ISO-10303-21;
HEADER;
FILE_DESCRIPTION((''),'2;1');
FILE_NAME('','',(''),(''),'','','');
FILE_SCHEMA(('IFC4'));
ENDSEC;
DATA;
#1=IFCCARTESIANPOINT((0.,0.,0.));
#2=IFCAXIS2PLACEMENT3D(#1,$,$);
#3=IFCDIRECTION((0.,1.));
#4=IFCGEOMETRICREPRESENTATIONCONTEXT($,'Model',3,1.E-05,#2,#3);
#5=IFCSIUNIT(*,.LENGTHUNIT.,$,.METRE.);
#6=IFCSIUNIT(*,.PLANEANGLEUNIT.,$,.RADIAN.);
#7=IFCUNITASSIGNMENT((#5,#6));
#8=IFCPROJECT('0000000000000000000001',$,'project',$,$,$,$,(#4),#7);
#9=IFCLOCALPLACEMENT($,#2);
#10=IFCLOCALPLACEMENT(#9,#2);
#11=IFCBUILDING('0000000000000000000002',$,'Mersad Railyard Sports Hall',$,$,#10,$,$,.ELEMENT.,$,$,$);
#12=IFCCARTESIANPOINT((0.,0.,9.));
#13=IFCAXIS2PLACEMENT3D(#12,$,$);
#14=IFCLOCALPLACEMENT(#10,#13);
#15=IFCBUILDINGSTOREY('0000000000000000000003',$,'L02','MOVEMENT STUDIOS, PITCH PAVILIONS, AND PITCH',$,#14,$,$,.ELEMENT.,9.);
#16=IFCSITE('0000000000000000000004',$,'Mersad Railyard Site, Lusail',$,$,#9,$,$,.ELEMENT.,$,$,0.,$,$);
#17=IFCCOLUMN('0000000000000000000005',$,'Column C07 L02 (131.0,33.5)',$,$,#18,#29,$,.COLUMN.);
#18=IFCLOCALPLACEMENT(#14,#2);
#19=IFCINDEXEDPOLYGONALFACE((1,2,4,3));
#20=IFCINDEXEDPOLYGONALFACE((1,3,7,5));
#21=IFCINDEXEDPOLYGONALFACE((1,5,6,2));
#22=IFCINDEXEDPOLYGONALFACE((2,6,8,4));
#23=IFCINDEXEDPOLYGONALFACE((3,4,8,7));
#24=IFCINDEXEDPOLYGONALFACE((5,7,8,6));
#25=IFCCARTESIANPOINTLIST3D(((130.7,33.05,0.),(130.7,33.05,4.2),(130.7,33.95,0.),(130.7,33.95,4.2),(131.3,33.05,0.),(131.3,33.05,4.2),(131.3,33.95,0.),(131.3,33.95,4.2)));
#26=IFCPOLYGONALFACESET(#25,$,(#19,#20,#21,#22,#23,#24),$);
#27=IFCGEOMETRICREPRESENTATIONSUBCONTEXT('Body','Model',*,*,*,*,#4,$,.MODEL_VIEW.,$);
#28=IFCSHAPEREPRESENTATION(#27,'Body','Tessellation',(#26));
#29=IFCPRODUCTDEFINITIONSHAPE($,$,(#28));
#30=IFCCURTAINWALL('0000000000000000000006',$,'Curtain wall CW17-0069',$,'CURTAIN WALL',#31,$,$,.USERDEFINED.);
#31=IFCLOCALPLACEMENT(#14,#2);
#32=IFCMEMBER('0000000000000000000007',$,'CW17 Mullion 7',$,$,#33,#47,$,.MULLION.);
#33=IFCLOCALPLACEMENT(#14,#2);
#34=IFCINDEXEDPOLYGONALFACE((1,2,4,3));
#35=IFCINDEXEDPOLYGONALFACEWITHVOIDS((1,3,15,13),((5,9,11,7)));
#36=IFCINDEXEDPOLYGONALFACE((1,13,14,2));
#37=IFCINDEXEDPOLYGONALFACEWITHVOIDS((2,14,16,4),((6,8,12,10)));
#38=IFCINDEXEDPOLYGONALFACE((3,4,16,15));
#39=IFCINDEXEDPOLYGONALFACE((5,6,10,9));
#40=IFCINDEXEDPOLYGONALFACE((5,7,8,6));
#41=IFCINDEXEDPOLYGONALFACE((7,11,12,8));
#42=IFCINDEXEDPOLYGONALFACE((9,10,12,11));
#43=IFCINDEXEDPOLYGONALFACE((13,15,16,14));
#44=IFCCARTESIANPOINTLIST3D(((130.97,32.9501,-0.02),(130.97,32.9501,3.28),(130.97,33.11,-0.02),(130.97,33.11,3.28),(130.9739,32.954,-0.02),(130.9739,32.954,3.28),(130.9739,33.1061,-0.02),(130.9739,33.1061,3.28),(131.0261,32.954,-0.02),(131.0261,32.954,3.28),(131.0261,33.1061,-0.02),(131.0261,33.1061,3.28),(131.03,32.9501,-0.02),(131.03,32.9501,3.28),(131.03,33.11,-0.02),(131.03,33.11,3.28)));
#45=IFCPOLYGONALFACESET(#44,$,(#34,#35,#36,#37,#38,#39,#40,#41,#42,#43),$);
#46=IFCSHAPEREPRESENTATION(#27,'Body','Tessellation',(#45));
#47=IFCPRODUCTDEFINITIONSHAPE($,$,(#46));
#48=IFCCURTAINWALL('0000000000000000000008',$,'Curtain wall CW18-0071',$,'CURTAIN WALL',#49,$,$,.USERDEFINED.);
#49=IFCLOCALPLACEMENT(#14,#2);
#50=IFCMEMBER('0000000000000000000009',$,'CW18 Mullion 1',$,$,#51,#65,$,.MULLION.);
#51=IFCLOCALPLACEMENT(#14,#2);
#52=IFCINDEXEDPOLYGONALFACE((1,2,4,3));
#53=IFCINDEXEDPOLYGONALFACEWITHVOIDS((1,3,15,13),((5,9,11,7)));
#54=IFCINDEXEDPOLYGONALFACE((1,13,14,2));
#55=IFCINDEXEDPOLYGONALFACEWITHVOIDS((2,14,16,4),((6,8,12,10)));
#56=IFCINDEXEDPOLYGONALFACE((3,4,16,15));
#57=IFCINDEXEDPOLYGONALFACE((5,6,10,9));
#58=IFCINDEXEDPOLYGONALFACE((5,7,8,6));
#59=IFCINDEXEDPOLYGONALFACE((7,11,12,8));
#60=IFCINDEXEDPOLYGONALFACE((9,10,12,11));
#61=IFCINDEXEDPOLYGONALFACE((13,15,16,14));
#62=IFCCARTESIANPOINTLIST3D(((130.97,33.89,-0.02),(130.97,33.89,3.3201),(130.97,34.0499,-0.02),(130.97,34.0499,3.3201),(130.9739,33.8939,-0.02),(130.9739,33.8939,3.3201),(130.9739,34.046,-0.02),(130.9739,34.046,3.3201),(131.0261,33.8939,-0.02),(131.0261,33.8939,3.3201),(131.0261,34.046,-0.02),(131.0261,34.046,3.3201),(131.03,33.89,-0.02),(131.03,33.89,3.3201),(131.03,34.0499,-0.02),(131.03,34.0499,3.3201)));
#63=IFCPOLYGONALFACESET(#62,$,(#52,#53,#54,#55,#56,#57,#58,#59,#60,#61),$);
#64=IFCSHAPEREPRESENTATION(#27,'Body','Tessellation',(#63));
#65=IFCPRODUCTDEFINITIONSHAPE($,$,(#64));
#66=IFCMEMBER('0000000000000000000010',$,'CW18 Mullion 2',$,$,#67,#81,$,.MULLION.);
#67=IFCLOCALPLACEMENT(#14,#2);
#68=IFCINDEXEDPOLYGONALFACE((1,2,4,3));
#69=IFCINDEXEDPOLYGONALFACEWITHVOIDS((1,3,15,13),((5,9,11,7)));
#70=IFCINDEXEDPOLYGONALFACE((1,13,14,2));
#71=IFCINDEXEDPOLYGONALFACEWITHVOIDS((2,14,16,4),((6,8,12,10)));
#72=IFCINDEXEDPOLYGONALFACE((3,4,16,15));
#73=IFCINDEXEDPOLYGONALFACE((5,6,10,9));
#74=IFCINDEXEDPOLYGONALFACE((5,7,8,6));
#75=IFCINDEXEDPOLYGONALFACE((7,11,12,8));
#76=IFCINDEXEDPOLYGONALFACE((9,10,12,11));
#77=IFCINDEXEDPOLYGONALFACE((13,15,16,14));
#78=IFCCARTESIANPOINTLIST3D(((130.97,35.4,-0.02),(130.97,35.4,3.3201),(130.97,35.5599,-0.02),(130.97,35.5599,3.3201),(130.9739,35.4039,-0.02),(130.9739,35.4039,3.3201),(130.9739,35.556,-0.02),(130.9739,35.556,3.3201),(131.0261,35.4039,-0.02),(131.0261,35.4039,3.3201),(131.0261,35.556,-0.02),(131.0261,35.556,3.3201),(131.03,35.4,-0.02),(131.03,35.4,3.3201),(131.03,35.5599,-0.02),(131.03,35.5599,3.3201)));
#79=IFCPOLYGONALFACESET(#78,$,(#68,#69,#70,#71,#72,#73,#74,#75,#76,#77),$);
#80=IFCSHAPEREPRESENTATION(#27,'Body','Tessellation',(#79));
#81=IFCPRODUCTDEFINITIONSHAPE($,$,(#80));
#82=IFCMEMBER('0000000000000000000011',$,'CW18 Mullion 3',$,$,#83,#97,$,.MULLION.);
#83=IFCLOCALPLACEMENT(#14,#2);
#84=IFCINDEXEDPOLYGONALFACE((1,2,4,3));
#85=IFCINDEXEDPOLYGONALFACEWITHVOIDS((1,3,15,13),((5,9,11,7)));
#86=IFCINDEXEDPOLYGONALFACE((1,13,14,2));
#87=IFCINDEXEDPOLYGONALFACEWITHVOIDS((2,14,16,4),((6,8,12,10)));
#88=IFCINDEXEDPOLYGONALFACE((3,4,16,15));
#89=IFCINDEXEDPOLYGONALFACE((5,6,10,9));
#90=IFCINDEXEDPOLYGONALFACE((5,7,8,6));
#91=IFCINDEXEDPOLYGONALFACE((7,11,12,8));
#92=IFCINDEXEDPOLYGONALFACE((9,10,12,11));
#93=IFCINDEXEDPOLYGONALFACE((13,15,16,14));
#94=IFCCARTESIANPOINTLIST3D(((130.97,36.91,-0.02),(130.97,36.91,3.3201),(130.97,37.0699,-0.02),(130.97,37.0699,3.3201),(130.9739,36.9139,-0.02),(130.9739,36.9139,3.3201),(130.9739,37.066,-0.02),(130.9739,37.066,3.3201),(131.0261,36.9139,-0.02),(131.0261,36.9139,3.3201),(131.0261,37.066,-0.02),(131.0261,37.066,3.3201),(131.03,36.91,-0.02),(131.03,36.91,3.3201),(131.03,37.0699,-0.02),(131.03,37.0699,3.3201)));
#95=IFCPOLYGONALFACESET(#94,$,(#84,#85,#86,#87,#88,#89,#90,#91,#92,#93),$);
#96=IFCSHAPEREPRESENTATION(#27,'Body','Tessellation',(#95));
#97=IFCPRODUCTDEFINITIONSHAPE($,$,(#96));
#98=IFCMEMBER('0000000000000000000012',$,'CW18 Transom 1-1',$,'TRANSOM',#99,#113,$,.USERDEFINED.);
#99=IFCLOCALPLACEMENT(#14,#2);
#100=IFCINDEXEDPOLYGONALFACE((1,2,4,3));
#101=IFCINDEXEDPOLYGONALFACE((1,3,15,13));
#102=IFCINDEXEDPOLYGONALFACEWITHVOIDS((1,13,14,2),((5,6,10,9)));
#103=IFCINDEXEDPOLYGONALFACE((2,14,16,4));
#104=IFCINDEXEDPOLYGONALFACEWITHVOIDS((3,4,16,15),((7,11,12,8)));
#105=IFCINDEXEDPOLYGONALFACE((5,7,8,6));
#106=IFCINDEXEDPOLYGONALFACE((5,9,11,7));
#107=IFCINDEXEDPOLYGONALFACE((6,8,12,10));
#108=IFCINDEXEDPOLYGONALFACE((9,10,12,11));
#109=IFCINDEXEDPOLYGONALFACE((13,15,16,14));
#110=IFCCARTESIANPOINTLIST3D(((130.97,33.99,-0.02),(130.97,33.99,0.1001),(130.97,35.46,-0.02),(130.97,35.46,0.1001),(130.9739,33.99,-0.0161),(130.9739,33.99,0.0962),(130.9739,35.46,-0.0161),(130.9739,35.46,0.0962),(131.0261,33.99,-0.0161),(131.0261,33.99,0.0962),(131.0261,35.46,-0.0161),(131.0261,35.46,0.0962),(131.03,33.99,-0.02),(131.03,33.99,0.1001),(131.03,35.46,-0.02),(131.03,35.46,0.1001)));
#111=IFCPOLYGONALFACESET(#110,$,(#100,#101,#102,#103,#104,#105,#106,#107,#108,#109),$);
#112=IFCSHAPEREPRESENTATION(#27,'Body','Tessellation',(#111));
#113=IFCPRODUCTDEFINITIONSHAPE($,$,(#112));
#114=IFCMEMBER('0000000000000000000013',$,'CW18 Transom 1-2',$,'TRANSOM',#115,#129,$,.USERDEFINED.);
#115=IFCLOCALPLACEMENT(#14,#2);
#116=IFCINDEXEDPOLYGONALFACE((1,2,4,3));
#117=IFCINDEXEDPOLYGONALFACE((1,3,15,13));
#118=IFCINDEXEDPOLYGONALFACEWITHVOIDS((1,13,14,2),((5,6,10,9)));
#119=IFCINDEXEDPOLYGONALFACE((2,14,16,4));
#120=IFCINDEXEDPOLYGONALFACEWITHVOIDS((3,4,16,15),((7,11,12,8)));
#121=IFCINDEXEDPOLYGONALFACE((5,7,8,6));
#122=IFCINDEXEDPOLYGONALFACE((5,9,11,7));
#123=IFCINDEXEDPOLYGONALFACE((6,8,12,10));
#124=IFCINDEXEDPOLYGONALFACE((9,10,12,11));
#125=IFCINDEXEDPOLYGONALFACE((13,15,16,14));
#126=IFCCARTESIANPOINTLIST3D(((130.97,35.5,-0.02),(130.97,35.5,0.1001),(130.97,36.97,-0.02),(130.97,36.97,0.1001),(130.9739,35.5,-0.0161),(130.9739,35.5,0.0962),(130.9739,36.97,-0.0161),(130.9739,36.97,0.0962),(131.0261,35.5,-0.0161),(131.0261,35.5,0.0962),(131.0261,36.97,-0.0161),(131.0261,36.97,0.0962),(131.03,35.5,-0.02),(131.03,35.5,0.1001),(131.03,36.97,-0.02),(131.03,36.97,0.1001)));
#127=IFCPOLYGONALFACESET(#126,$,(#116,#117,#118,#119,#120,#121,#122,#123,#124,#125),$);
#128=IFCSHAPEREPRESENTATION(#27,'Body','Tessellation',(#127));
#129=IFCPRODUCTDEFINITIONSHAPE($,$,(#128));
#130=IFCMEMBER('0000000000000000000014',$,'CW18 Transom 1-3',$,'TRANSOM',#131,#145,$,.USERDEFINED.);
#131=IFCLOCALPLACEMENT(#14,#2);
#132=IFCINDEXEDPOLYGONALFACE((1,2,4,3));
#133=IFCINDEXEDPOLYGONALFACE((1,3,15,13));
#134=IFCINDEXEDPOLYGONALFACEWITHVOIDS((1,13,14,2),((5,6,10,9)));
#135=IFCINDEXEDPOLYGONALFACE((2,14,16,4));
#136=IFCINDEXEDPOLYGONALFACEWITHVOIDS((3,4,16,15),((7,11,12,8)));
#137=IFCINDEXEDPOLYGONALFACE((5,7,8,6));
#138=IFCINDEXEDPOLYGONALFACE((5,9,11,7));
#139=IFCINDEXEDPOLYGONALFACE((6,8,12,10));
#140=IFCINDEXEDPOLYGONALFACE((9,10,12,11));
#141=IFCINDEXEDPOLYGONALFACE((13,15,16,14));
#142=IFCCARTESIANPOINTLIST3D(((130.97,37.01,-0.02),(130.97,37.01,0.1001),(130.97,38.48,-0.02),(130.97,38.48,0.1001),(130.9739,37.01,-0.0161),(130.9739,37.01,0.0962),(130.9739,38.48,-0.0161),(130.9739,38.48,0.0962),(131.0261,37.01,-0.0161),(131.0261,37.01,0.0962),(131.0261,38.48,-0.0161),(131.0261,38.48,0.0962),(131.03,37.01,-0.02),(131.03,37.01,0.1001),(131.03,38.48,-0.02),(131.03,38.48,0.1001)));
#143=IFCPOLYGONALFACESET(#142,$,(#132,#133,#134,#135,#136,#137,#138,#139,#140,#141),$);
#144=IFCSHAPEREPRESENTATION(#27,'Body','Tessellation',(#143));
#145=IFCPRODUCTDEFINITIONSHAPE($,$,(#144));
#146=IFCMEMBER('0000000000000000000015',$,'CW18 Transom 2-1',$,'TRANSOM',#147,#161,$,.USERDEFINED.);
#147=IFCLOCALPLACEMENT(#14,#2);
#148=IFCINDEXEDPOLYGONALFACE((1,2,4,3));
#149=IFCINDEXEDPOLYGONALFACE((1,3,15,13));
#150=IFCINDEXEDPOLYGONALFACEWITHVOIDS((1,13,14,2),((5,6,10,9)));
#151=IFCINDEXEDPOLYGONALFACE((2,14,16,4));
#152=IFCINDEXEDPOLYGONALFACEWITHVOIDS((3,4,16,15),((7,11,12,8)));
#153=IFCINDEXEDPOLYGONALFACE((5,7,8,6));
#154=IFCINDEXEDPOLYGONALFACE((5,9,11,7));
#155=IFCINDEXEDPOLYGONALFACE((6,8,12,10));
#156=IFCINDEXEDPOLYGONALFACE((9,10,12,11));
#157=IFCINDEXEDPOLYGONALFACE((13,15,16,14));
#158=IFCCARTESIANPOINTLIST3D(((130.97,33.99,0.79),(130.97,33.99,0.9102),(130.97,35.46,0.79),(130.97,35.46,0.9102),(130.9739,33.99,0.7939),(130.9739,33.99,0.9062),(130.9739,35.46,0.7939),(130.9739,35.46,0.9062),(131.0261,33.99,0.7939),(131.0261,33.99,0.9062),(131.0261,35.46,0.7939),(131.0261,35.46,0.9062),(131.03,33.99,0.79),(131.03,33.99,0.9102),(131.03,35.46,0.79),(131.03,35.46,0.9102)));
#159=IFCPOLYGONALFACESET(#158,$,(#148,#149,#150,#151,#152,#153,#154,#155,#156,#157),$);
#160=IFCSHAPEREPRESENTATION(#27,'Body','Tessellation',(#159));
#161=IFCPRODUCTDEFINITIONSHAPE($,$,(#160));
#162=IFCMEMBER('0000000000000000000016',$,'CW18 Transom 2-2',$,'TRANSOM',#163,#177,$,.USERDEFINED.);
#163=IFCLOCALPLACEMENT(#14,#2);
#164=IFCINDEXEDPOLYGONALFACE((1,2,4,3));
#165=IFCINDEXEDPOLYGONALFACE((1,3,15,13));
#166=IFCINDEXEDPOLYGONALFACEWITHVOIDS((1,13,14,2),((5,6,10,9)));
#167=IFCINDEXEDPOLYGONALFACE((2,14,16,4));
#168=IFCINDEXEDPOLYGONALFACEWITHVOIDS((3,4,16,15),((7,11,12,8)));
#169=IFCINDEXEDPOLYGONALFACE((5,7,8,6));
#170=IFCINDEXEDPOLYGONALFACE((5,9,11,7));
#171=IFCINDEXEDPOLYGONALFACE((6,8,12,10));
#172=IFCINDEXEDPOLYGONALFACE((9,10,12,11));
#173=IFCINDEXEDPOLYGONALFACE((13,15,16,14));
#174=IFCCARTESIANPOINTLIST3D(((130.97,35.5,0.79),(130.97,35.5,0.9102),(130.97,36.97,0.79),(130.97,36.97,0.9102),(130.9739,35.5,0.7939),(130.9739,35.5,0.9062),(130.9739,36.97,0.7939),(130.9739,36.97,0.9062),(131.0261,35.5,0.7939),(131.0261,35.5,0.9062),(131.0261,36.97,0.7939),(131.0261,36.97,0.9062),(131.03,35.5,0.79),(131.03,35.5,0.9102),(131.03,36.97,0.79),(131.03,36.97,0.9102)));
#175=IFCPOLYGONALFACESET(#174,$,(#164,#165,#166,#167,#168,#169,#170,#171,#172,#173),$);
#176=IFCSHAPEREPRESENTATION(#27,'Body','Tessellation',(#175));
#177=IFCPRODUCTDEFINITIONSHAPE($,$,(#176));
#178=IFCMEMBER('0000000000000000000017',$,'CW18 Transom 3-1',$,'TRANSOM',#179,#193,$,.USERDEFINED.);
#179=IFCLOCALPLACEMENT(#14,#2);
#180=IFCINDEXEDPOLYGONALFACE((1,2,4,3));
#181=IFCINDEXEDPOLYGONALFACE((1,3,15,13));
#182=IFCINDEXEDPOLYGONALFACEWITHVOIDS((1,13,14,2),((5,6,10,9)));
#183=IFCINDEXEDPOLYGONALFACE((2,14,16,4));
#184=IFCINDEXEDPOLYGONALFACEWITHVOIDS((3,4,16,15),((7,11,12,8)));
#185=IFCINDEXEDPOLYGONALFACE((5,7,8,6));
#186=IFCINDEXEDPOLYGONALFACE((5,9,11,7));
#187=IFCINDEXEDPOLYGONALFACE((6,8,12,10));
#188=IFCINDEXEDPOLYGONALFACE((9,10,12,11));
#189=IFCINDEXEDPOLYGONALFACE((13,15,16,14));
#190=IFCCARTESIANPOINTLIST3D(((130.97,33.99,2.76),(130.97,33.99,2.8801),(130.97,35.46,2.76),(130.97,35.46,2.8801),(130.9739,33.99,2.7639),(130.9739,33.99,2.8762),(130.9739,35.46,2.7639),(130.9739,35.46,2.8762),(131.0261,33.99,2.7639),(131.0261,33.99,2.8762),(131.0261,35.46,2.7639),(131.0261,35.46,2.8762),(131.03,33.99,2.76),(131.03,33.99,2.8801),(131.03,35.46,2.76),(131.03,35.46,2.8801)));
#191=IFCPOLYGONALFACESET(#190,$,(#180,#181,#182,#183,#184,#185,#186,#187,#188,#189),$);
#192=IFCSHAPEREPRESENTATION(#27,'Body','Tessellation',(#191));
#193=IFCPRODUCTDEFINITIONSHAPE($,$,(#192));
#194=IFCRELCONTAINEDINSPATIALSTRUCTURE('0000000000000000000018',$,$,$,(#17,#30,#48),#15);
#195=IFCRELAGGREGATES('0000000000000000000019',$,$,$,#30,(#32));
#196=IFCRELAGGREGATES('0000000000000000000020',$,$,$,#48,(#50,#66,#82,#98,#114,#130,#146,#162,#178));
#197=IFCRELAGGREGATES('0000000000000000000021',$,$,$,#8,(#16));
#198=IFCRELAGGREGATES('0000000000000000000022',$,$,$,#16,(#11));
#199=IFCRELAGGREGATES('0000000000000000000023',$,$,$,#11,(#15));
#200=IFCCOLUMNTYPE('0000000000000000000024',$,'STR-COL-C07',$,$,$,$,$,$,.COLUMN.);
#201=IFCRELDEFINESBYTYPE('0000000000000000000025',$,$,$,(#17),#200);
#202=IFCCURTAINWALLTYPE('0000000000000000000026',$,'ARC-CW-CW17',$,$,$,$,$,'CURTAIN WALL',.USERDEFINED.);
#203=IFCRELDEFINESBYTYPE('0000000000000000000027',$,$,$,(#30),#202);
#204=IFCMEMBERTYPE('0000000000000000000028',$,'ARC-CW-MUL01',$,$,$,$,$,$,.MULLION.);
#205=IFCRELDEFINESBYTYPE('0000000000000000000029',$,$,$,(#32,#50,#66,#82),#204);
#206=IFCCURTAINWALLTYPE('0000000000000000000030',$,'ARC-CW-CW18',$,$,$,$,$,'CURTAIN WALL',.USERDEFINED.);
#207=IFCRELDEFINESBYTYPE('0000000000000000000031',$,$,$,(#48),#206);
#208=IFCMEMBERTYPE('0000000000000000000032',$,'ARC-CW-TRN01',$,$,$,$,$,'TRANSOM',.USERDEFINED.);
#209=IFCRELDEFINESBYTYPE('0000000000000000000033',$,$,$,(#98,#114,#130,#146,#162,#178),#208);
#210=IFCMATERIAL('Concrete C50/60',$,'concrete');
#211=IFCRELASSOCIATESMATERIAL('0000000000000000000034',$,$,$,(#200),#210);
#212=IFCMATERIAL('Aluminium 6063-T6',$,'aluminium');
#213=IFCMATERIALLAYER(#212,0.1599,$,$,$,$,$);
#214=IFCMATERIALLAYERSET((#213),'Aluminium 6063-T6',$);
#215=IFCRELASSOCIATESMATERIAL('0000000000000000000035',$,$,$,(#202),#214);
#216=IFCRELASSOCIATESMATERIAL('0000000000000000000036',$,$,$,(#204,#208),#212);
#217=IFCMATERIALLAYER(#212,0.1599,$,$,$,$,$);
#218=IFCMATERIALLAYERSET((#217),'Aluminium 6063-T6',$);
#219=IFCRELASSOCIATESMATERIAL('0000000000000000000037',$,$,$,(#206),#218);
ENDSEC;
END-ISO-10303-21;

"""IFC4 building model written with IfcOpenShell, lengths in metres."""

from ifc_helpers import new_model, si_unit, direction, frame, origin, origin_2d, place, context, subcontext, project, spatial, rectangle, hollow_rectangle, extrude, material, layer, layer_set, material_profile, profile_set, type_object, element, aggregate, save


model = new_model("IFC4")

# Units and contexts
model_context = context("Model", 3, precision=1e-05, world=origin(), true_north=direction((0.0, 1.0)))
body_context = subcontext(model_context, "Body", "Model", "MODEL_VIEW")
ifc_project = project(units=[si_unit("LENGTHUNIT", "METRE"), si_unit("PLANEANGLEUNIT", "RADIAN")], contexts=[model_context])

# Site, building, storey
site_placement = place(None, origin())
site = spatial("IfcSite", under=ifc_project, at=site_placement, Name="Mersad Railyard Site, Lusail", CompositionType="ELEMENT", RefElevation=0.0)
building_placement = place(site_placement, origin())
building = spatial("IfcBuilding", under=site, at=building_placement, Name="Mersad Railyard Sports Hall", CompositionType="ELEMENT")
storey_placement = place(building_placement, frame((0.0, 0.0, 9.0)))
storey = spatial("IfcBuildingStorey", under=building, at=storey_placement, Name="L02", Description="MOVEMENT STUDIOS, PITCH PAVILIONS, AND PITCH", CompositionType="ELEMENT", Elevation=9.0)

# Column
ifc_material_1 = material(Name="Concrete C50/60", Category="concrete")
ifc_material_profile_1 = material_profile(ifc_material_1, rectangle(XDim=0.6001, YDim=0.8999, at=origin_2d()), Name="RC 600x900")
ifc_profile_set_1 = profile_set([ifc_material_profile_1], Name="Concrete C50/60")
column_type = type_object("IfcColumnType", Name="STR-COL-C07", PredefinedType="COLUMN", material=ifc_profile_set_1)
column_placement = place(storey_placement, frame((131.0, 33.5, 0.0), z_axis=(0.0, 0.0, 1.0), x_axis=(1.0, 0.0, 0.0)))
element("IfcColumn", 1, at=column_placement, inside=storey, type_object=column_type, Name="Column C07 L02 (131.0,33.5)", PredefinedType="COLUMN", context=body_context, shape_type="SweptSolid", body=[
    extrude(rectangle(XDim=0.6001, YDim=0.8999, at=origin_2d()), origin(), (0.0, 0.0, 1.0), 4.2),
])

# Curtain wall, member
ifc_material_2 = material(Name="Aluminium 6063-T6", Category="aluminium")
ifc_layer_1 = layer(ifc_material_2, 0.1599)
ifc_layer_set_1 = layer_set([ifc_layer_1], Name="Aluminium 6063-T6")
curtain_wall_type_1 = type_object("IfcCurtainWallType", Name="ARC-CW-CW17", ElementType="CURTAIN WALL", PredefinedType="USERDEFINED", material=ifc_layer_set_1)
curtain_wall_1_placement = place(storey_placement, origin())
curtain_wall_1 = element("IfcCurtainWall", 2, at=curtain_wall_1_placement, inside=storey, type_object=curtain_wall_type_1, Name="Curtain wall CW17-0069", ObjectType="CURTAIN WALL", PredefinedType="USERDEFINED")
ifc_material_profile_2 = material_profile(ifc_material_2, hollow_rectangle(XDim=0.0601, YDim=0.1599, WallThickness=0.0039, at=origin_2d()), Name="AL MULLION 60x160x4")
ifc_profile_set_2 = profile_set([ifc_material_profile_2], Name="Aluminium 6063-T6")
member_type_1 = type_object("IfcMemberType", Name="ARC-CW-MUL01", PredefinedType="MULLION", material=ifc_profile_set_2)
member_1_placement = place(storey_placement, frame((131.0, 33.03, -0.02), z_axis=(0.0, 0.0, 1.0), x_axis=(1.0, 0.0, 0.0)))
member_1 = element("IfcMember", 3, at=member_1_placement, type_object=member_type_1, Name="CW17 Mullion 7", PredefinedType="MULLION", context=body_context, shape_type="SweptSolid", body=[
    extrude(hollow_rectangle(XDim=0.0601, YDim=0.1599, WallThickness=0.0039, at=origin_2d()), origin(), (0.0, 0.0, 1.0), 3.3),
])

# Curtain wall, members
ifc_layer_2 = layer(ifc_material_2, 0.1599)
ifc_layer_set_2 = layer_set([ifc_layer_2], Name="Aluminium 6063-T6")
curtain_wall_type_2 = type_object("IfcCurtainWallType", Name="ARC-CW-CW18", ElementType="CURTAIN WALL", PredefinedType="USERDEFINED", material=ifc_layer_set_2)
curtain_wall_2_placement = place(storey_placement, origin())
curtain_wall_2 = element("IfcCurtainWall", 4, at=curtain_wall_2_placement, inside=storey, type_object=curtain_wall_type_2, Name="Curtain wall CW18-0071", ObjectType="CURTAIN WALL", PredefinedType="USERDEFINED")
member_2_placement = place(storey_placement, frame((131.0, 33.97, -0.02), z_axis=(0.0, 0.0, 1.0), x_axis=(1.0, 0.0, 0.0)))
member_2 = element("IfcMember", 5, at=member_2_placement, type_object=member_type_1, Name="CW18 Mullion 1", PredefinedType="MULLION", context=body_context, shape_type="SweptSolid", body=[
    extrude(hollow_rectangle(XDim=0.0601, YDim=0.1599, WallThickness=0.0039, at=origin_2d()), origin(), (0.0, 0.0, 1.0), 3.3401),
])
member_3_placement = place(storey_placement, frame((131.0, 35.48, -0.02), z_axis=(0.0, 0.0, 1.0), x_axis=(1.0, 0.0, 0.0)))
member_3 = element("IfcMember", 6, at=member_3_placement, type_object=member_type_1, Name="CW18 Mullion 2", PredefinedType="MULLION", context=body_context, shape_type="SweptSolid", body=[
    extrude(hollow_rectangle(XDim=0.0601, YDim=0.1599, WallThickness=0.0039, at=origin_2d()), origin(), (0.0, 0.0, 1.0), 3.3401),
])
member_4_placement = place(storey_placement, frame((131.0, 36.99, -0.02), z_axis=(0.0, 0.0, 1.0), x_axis=(1.0, 0.0, 0.0)))
member_4 = element("IfcMember", 7, at=member_4_placement, type_object=member_type_1, Name="CW18 Mullion 3", PredefinedType="MULLION", context=body_context, shape_type="SweptSolid", body=[
    extrude(hollow_rectangle(XDim=0.0601, YDim=0.1599, WallThickness=0.0039, at=origin_2d()), origin(), (0.0, 0.0, 1.0), 3.3401),
])
ifc_material_profile_3 = material_profile(ifc_material_2, hollow_rectangle(XDim=0.0601, YDim=0.1201, WallThickness=0.0039, at=origin_2d()), Name="AL TRANSOM 60x120x4")
ifc_profile_set_3 = profile_set([ifc_material_profile_3], Name="Aluminium 6063-T6")
member_type_2 = type_object("IfcMemberType", Name="ARC-CW-TRN01", ElementType="TRANSOM", PredefinedType="USERDEFINED", material=ifc_profile_set_3)
member_5_placement = place(storey_placement, frame((131.0, 33.99, 0.04), z_axis=(0.0, 1.0, 0.0), x_axis=(-1.0, 0.0, 0.0)))
member_5 = element("IfcMember", 8, at=member_5_placement, type_object=member_type_2, Name="CW18 Transom 1-1", ObjectType="TRANSOM", PredefinedType="USERDEFINED", context=body_context, shape_type="SweptSolid", body=[
    extrude(hollow_rectangle(XDim=0.0601, YDim=0.1201, WallThickness=0.0039, at=origin_2d()), origin(), (0.0, 0.0, 1.0), 1.47),
])
member_6_placement = place(storey_placement, frame((131.0, 35.5, 0.04), z_axis=(0.0, 1.0, 0.0), x_axis=(-1.0, 0.0, 0.0)))
member_6 = element("IfcMember", 9, at=member_6_placement, type_object=member_type_2, Name="CW18 Transom 1-2", ObjectType="TRANSOM", PredefinedType="USERDEFINED", context=body_context, shape_type="SweptSolid", body=[
    extrude(hollow_rectangle(XDim=0.0601, YDim=0.1201, WallThickness=0.0039, at=origin_2d()), origin(), (0.0, 0.0, 1.0), 1.47),
])
member_7_placement = place(storey_placement, frame((131.0, 37.01, 0.04), z_axis=(0.0, 1.0, 0.0), x_axis=(-1.0, 0.0, 0.0)))
member_7 = element("IfcMember", 10, at=member_7_placement, type_object=member_type_2, Name="CW18 Transom 1-3", ObjectType="TRANSOM", PredefinedType="USERDEFINED", context=body_context, shape_type="SweptSolid", body=[
    extrude(hollow_rectangle(XDim=0.0601, YDim=0.1201, WallThickness=0.0039, at=origin_2d()), origin(), (0.0, 0.0, 1.0), 1.47),
])
member_8_placement = place(storey_placement, frame((131.0, 33.99, 0.8501), z_axis=(0.0, 1.0, 0.0), x_axis=(-1.0, 0.0, 0.0)))
member_8 = element("IfcMember", 11, at=member_8_placement, type_object=member_type_2, Name="CW18 Transom 2-1", ObjectType="TRANSOM", PredefinedType="USERDEFINED", context=body_context, shape_type="SweptSolid", body=[
    extrude(hollow_rectangle(XDim=0.0601, YDim=0.1201, WallThickness=0.0039, at=origin_2d()), origin(), (0.0, 0.0, 1.0), 1.47),
])
member_9_placement = place(storey_placement, frame((131.0, 35.5, 0.8501), z_axis=(0.0, 1.0, 0.0), x_axis=(-1.0, 0.0, 0.0)))
member_9 = element("IfcMember", 12, at=member_9_placement, type_object=member_type_2, Name="CW18 Transom 2-2", ObjectType="TRANSOM", PredefinedType="USERDEFINED", context=body_context, shape_type="SweptSolid", body=[
    extrude(hollow_rectangle(XDim=0.0601, YDim=0.1201, WallThickness=0.0039, at=origin_2d()), origin(), (0.0, 0.0, 1.0), 1.47),
])
member_10_placement = place(storey_placement, frame((131.0, 33.99, 2.8201), z_axis=(0.0, 1.0, 0.0), x_axis=(-1.0, 0.0, 0.0)))
member_10 = element("IfcMember", 13, at=member_10_placement, type_object=member_type_2, Name="CW18 Transom 3-1", ObjectType="TRANSOM", PredefinedType="USERDEFINED", context=body_context, shape_type="SweptSolid", body=[
    extrude(hollow_rectangle(XDim=0.0601, YDim=0.1201, WallThickness=0.0039, at=origin_2d()), origin(), (0.0, 0.0, 1.0), 1.47),
])

aggregate(curtain_wall_1, [member_1])
aggregate(curtain_wall_2, [member_2, member_3, member_4, member_5, member_6, member_7, member_8, member_9, member_10])

save(model, "model.ifc")
